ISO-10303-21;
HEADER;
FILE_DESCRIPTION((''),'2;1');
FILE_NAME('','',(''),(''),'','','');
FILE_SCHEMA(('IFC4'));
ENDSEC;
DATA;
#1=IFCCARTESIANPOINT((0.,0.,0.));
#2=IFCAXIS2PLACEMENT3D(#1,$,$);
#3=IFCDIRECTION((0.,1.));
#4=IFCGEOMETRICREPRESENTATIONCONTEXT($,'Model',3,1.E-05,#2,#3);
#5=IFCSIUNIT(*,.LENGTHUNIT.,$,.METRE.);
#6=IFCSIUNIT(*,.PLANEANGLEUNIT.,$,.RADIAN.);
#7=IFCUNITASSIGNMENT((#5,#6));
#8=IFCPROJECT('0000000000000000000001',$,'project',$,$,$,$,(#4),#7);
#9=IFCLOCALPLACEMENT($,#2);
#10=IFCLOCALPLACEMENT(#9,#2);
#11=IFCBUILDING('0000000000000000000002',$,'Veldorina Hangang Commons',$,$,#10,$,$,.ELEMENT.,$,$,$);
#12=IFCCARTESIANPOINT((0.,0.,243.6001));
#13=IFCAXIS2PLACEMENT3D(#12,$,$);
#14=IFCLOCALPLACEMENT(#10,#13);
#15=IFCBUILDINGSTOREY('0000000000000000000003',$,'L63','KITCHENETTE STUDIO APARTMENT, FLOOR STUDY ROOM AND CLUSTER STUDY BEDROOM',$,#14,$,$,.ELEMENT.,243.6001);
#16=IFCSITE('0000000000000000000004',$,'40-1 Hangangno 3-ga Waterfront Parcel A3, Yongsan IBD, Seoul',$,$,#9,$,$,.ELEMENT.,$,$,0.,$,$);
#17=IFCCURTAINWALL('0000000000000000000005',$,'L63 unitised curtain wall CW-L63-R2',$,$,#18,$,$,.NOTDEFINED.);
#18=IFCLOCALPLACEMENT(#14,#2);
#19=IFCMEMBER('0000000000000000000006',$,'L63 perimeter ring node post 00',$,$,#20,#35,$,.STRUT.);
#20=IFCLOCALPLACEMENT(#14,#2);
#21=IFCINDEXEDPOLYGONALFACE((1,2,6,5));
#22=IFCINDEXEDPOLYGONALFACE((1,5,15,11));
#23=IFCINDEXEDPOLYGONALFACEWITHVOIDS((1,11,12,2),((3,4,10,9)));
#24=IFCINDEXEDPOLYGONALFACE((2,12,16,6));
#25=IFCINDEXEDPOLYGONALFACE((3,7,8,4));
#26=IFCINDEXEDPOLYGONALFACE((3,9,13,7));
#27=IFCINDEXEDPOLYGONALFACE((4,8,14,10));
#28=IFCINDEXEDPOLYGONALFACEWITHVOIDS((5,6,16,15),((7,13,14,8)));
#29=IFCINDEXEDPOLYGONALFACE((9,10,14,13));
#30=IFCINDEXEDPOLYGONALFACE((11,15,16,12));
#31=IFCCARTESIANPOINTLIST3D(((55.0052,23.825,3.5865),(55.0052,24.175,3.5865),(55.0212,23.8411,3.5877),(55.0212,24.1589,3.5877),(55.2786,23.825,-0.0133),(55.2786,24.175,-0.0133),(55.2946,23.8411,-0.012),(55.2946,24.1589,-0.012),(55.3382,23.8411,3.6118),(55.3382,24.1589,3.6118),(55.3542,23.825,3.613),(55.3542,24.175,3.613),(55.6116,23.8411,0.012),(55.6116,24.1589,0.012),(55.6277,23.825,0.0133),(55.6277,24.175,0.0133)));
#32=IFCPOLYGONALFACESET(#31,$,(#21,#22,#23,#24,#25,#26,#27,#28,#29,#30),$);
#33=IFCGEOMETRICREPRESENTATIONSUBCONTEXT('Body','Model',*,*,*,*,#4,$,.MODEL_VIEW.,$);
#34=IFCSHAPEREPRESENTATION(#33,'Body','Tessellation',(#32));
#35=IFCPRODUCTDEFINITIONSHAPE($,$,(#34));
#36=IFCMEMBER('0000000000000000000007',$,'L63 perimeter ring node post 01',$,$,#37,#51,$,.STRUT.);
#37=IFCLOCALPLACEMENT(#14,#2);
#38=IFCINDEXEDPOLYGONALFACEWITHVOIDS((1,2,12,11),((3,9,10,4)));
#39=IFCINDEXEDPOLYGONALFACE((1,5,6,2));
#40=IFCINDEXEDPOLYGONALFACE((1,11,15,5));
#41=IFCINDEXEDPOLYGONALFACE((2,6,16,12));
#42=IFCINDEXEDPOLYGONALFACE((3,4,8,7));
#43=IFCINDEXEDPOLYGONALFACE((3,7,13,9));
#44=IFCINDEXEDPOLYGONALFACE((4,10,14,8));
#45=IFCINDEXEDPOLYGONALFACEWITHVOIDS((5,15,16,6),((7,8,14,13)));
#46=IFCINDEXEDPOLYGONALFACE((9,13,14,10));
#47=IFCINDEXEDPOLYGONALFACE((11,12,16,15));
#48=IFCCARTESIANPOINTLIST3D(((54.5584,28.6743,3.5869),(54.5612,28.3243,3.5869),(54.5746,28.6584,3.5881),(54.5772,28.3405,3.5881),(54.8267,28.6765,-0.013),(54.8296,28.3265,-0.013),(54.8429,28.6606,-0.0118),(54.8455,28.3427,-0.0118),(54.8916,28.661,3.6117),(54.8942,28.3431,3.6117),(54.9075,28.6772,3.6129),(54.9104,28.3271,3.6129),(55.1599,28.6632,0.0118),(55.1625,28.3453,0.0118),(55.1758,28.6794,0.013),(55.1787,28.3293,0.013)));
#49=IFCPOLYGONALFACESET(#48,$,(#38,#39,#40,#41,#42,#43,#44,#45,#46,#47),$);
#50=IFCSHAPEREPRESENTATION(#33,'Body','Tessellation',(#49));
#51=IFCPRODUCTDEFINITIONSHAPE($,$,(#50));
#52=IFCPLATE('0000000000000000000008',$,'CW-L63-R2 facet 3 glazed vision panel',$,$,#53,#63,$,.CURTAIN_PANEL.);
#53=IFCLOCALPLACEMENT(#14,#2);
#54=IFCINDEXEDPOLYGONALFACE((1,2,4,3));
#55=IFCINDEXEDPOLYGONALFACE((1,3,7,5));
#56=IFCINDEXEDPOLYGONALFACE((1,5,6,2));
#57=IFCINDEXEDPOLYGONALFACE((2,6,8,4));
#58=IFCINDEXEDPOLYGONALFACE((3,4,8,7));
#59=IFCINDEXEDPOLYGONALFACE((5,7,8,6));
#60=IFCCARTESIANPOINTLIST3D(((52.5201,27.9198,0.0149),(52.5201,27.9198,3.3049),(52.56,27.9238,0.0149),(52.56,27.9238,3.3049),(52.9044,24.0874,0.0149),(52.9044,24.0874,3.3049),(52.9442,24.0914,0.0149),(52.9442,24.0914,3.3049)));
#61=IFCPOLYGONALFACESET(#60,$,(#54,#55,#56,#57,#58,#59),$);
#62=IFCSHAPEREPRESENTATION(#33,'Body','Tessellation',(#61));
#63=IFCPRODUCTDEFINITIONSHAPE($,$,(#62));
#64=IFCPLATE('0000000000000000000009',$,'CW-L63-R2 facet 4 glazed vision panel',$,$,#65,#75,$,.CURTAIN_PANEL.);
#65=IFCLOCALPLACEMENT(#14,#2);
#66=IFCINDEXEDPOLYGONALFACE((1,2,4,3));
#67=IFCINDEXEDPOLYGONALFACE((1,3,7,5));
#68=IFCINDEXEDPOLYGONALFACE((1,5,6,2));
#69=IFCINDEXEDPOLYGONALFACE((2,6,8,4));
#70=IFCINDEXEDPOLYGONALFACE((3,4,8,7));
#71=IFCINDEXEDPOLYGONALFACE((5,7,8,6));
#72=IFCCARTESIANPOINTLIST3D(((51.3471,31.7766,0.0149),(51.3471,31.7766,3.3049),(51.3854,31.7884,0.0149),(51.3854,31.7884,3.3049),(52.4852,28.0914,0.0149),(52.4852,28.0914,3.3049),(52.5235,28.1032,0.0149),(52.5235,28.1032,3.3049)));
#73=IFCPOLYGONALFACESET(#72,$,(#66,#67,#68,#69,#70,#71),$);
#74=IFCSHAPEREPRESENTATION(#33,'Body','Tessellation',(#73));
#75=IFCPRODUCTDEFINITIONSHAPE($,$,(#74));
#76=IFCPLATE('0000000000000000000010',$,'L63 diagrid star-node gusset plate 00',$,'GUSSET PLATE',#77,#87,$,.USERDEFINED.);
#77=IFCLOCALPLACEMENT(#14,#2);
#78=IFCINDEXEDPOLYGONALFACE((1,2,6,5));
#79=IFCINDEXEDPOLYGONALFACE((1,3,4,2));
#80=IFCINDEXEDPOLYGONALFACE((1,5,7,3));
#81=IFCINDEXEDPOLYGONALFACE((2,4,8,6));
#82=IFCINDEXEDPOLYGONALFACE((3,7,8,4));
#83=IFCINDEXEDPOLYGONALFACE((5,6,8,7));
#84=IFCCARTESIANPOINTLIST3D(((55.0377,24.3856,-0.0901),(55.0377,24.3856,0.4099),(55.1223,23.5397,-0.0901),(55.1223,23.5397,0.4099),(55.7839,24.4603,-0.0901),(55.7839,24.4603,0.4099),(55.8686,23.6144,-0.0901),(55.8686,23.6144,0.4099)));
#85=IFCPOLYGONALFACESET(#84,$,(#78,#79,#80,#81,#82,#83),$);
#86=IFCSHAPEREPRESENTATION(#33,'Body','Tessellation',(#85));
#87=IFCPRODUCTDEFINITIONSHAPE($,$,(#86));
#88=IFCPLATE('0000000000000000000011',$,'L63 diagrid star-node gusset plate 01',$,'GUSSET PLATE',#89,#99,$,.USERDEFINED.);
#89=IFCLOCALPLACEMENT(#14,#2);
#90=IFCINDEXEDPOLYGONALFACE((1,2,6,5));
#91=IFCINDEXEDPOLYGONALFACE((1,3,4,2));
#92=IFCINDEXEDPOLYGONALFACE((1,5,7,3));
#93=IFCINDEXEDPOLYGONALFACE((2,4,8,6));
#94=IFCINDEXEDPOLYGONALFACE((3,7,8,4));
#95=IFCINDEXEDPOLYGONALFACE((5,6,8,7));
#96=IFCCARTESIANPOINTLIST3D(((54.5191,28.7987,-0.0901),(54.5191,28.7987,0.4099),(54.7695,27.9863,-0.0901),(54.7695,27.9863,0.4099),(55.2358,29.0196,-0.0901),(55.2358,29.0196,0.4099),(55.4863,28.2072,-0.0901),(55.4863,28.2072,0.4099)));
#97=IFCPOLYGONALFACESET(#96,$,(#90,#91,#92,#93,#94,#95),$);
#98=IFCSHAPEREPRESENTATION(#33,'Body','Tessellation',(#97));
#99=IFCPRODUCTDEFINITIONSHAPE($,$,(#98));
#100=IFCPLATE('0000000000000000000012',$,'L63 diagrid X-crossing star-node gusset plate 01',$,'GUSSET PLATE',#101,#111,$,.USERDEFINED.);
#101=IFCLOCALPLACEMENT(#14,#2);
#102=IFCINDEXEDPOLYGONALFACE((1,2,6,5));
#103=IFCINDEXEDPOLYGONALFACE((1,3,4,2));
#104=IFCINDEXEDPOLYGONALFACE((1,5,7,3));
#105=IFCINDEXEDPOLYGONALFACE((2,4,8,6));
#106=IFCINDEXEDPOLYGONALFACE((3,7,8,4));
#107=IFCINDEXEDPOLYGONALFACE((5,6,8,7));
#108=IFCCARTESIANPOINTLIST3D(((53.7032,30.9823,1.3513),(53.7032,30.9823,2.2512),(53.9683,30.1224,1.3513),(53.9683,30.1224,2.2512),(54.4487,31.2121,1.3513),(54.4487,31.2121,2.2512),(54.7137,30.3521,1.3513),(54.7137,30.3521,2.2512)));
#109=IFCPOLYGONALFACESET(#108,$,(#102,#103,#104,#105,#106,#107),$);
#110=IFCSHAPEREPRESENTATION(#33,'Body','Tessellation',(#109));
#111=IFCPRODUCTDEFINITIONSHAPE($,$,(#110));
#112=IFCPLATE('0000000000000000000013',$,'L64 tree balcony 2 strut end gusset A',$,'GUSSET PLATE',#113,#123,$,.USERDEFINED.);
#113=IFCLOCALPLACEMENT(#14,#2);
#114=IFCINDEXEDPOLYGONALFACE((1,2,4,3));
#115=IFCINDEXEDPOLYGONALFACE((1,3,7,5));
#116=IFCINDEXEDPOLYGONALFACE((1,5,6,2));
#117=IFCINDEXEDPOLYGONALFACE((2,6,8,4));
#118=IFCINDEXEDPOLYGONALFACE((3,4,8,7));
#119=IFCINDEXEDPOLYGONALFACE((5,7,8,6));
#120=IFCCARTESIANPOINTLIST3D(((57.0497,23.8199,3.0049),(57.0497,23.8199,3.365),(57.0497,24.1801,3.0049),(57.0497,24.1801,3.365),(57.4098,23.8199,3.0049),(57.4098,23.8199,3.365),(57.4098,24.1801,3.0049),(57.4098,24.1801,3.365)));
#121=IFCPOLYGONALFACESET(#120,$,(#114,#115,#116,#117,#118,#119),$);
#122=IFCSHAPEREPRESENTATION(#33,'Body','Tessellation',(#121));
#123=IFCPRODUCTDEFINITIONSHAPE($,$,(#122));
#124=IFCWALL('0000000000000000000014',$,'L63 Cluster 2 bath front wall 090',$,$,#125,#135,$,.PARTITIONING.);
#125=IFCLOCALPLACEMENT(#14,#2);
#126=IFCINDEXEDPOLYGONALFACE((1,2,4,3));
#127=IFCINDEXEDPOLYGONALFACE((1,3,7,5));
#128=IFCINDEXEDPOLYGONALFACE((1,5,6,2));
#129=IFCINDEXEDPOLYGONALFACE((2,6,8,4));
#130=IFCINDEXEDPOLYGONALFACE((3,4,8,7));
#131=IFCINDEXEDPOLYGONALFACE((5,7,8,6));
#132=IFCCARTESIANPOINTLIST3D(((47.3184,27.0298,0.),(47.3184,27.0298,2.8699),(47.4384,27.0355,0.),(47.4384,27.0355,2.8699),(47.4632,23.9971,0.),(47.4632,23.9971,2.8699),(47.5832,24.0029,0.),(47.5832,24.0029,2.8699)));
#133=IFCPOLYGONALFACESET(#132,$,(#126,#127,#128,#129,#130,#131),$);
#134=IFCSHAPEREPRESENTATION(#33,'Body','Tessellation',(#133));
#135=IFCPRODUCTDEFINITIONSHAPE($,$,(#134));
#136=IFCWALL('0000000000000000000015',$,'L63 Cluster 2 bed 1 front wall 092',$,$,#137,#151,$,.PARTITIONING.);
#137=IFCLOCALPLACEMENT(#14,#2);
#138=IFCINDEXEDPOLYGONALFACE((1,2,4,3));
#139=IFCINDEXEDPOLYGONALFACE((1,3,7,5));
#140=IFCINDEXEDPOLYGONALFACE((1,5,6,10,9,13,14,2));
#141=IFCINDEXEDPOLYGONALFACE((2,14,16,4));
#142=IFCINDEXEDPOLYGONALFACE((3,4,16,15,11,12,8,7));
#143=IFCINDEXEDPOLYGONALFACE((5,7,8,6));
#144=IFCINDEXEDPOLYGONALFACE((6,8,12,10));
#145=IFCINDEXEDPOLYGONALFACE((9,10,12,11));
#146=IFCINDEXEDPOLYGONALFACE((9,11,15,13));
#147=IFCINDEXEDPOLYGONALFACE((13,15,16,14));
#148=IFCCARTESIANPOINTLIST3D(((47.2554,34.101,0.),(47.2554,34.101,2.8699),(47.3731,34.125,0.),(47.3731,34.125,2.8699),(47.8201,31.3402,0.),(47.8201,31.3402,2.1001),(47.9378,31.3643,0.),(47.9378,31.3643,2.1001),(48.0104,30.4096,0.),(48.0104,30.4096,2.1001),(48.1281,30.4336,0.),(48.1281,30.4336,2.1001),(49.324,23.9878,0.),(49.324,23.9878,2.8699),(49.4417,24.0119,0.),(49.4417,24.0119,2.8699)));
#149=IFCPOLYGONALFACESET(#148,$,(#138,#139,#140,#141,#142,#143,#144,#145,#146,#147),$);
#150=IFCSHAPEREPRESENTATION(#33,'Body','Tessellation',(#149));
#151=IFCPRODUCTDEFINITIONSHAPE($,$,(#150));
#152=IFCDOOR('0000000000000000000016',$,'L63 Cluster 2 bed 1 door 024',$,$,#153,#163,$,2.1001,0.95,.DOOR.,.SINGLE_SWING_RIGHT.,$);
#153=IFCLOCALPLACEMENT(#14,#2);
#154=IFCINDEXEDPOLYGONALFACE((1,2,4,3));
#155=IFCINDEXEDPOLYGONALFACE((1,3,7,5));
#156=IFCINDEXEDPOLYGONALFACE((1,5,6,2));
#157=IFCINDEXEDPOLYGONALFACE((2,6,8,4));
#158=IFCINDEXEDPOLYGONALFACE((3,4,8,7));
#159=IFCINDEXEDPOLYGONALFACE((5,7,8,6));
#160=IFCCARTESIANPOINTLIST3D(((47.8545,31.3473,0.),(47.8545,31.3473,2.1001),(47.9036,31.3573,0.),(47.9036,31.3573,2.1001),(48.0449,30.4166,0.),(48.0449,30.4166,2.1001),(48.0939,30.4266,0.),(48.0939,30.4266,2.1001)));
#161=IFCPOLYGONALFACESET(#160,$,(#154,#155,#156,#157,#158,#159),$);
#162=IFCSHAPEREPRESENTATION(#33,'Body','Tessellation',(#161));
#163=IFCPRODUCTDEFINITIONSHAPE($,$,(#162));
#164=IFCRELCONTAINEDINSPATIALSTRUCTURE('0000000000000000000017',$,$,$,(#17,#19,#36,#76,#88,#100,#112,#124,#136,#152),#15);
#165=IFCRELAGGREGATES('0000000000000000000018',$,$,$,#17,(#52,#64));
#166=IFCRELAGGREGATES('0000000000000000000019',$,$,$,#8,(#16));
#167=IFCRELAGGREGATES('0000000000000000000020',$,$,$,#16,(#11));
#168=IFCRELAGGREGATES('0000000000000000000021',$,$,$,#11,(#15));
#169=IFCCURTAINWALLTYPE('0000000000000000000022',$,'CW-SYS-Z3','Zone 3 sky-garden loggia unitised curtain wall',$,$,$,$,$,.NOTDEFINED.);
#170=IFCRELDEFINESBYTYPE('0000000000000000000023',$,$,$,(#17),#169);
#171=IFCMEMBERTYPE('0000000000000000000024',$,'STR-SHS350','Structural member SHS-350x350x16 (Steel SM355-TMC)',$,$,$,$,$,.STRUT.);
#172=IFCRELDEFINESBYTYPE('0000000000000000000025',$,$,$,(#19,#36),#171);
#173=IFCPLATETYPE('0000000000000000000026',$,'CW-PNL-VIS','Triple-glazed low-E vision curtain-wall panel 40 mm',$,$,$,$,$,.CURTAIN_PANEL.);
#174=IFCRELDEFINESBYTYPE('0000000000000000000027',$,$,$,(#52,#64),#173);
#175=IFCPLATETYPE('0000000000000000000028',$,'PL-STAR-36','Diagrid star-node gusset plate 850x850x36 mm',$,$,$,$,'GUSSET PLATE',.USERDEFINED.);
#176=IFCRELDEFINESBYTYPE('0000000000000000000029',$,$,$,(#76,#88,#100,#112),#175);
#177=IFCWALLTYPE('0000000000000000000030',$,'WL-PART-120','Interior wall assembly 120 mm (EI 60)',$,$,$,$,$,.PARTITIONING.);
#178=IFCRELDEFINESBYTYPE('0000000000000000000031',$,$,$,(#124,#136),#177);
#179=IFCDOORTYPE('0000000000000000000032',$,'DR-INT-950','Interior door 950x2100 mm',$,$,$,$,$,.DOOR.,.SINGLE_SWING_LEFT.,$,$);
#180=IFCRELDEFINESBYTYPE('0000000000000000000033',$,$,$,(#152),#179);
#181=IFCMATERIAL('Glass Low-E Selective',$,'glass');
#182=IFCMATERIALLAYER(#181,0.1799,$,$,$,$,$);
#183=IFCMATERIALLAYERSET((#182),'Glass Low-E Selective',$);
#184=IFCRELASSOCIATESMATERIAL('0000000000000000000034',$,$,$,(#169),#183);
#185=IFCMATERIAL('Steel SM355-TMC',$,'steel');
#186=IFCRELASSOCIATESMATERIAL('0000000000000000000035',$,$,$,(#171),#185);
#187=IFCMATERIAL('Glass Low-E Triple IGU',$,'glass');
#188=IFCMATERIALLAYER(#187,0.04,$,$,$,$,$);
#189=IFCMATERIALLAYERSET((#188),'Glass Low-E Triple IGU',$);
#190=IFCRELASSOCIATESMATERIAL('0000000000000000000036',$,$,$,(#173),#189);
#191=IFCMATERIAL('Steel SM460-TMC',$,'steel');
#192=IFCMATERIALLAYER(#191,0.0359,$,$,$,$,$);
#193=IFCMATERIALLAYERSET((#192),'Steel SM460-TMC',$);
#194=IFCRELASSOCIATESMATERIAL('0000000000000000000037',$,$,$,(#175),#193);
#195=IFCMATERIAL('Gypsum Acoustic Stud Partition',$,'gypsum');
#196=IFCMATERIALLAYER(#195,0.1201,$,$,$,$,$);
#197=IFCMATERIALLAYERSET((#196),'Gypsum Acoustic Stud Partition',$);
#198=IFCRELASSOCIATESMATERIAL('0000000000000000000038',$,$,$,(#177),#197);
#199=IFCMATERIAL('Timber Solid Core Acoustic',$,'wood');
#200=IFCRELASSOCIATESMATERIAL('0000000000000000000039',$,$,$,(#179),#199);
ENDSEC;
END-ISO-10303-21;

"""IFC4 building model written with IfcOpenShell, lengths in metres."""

from ifc_helpers import new_model, si_unit, direction, frame, frame_2d, origin, origin_2d, place, context, subcontext, project, spatial, rectangle, hollow_rectangle, extrude, material, layer, layer_set, material_profile, profile_set, type_object, element, fill, aggregate, save


model = new_model("IFC4")

# Units and contexts
model_context = context("Model", 3, precision=1e-05, world=origin(), true_north=direction((0.0, 1.0)))
body_context = subcontext(model_context, "Body", "Model", "MODEL_VIEW")
ifc_project = project(units=[si_unit("LENGTHUNIT", "METRE"), si_unit("PLANEANGLEUNIT", "RADIAN")], contexts=[model_context])

# Site, building, storey
site_placement = place(None, origin())
site = spatial("IfcSite", under=ifc_project, at=site_placement, Name="40-1 Hangangno 3-ga Waterfront Parcel A3, Yongsan IBD, Seoul", CompositionType="ELEMENT", RefElevation=0.0)
building_placement = place(site_placement, origin())
building = spatial("IfcBuilding", under=site, at=building_placement, Name="Veldorina Hangang Commons", CompositionType="ELEMENT")
storey_placement = place(building_placement, frame((0.0, 0.0, 243.6001)))
storey = spatial("IfcBuildingStorey", under=building, at=storey_placement, Name="L63", Description="KITCHENETTE STUDIO APARTMENT, FLOOR STUDY ROOM AND CLUSTER STUDY BEDROOM", CompositionType="ELEMENT", Elevation=243.6001)

# Shared definitions
ifc_material_1 = material(Name="Steel SM355-TMC", Category="steel")

# Curtain wall
ifc_material_2 = material(Name="Glass Low-E Selective", Category="glass")
ifc_layer_1 = layer(ifc_material_2, 0.1799)
ifc_layer_set_1 = layer_set([ifc_layer_1], Name="Glass Low-E Selective")
curtain_wall_type = type_object("IfcCurtainWallType", Name="CW-SYS-Z3", Description="Zone 3 sky-garden loggia unitised curtain wall", PredefinedType="NOTDEFINED", material=ifc_layer_set_1)
curtain_wall_placement = place(storey_placement, origin())
curtain_wall = element("IfcCurtainWall", 1, at=curtain_wall_placement, inside=storey, type_object=curtain_wall_type, Name="L63 unitised curtain wall CW-L63-R2", PredefinedType="NOTDEFINED")

# Members
ifc_material_profile_1 = material_profile(ifc_material_1, hollow_rectangle(XDim=0.3501, YDim=0.3501, WallThickness=0.0161, at=origin_2d()), Name="SHS-350x350x16")
ifc_profile_set_1 = profile_set([ifc_material_profile_1], Name="Steel SM355-TMC")
member_type_1 = type_object("IfcMemberType", Name="STR-SHS350", Description="Structural member SHS-350x350x16 (Steel SM355-TMC)", PredefinedType="STRUT", material=ifc_profile_set_1)
member_1_placement = place(storey_placement, frame((55.4531, 24.0, 0.0), z_axis=(-0.07574, 0.0, 0.997128), x_axis=(0.0, -1.0, 0.0)))
element("IfcMember", 2, at=member_1_placement, inside=storey, type_object=member_type_1, Name="L63 perimeter ring node post 00", PredefinedType="STRUT", context=body_context, shape_type="SweptSolid", body=[
    extrude(hollow_rectangle(XDim=0.3501, YDim=0.3501, WallThickness=0.0161, at=origin_2d()), origin(), (0.0, 0.0, 1.0), 3.6101),
])
member_2_placement = place(storey_placement, frame((55.0027, 28.5029, 0.0), z_axis=(-0.074328, -0.000609, 0.997234), x_axis=(0.008189, -0.999966, 0.0)))
element("IfcMember", 3, at=member_2_placement, inside=storey, type_object=member_type_1, Name="L63 perimeter ring node post 01", PredefinedType="STRUT", context=body_context, shape_type="SweptSolid", body=[
    extrude(hollow_rectangle(XDim=0.3501, YDim=0.3501, WallThickness=0.0161, at=origin_2d()), origin(), (0.0, 0.0, 1.0), 3.6099),
])

# Plates
ifc_material_3 = material(Name="Glass Low-E Triple IGU", Category="glass")
ifc_layer_2 = layer(ifc_material_3, 0.04)
ifc_layer_set_2 = layer_set([ifc_layer_2], Name="Glass Low-E Triple IGU")
plate_type_1 = type_object("IfcPlateType", Name="CW-PNL-VIS", Description="Triple-glazed low-E vision curtain-wall panel 40 mm", PredefinedType="CURTAIN_PANEL", material=ifc_layer_set_2)
plate_1_placement = place(storey_placement, frame((52.7322, 26.0056, 0.0149), z_axis=(0.0, 0.0, 1.0), x_axis=(-0.099771, 0.99501, 0.0)))
plate_1 = element("IfcPlate", 4, at=plate_1_placement, type_object=plate_type_1, Name="CW-L63-R2 facet 3 glazed vision panel", PredefinedType="CURTAIN_PANEL", context=body_context, shape_type="SweptSolid", body=[
    extrude(rectangle(XDim=3.8516, YDim=0.04, at=origin_2d()), origin(), (0.0, 0.0, 1.0), 3.29),
])
plate_2_placement = place(storey_placement, frame((51.9353, 29.9399, 0.0149), z_axis=(0.0, 0.0, 1.0), x_axis=(-0.295074, 0.955474, 0.0)))
plate_2 = element("IfcPlate", 5, at=plate_2_placement, type_object=plate_type_1, Name="CW-L63-R2 facet 4 glazed vision panel", PredefinedType="CURTAIN_PANEL", context=body_context, shape_type="SweptSolid", body=[
    extrude(rectangle(XDim=3.8569, YDim=0.04, at=origin_2d()), origin(), (0.0, 0.0, 1.0), 3.29),
])
aggregate(curtain_wall, [plate_1, plate_2])

# Plates
ifc_material_4 = material(Name="Steel SM460-TMC", Category="steel")
ifc_layer_3 = layer(ifc_material_4, 0.0359)
ifc_layer_set_3 = layer_set([ifc_layer_3], Name="Steel SM460-TMC")
plate_type_2 = type_object("IfcPlateType", Name="PL-STAR-36", Description="Diagrid star-node gusset plate 850x850x36 mm", ElementType="GUSSET PLATE", PredefinedType="USERDEFINED", material=ifc_layer_set_3)
for number, where, z_axis, x_axis, name in (
    (6, (55.4531, 24.0, -0.0901), (0.0, 0.0, 1.0), (-0.099563, 0.995031, 0.0), "L63 diagrid star-node gusset plate 00"),
    (7, (55.0027, 28.5029, -0.0901), (0.0, 0.0, 1.0), (-0.294574, 0.955629, 0.0), "L63 diagrid star-node gusset plate 01"),
):
    element("IfcPlate", number, at=place(storey_placement, frame(where, z_axis=z_axis, x_axis=x_axis)), inside=storey, type_object=plate_type_2, Name=name, ObjectType="GUSSET PLATE", PredefinedType="USERDEFINED", context=body_context, shape_type="SweptSolid", body=[
        extrude(rectangle(XDim=0.8501, YDim=0.75, at=origin_2d()), origin(), (0.0, 0.0, 1.0), 0.5),
    ])
plate_3_placement = place(storey_placement, frame((54.2085, 30.6672, 1.3513), z_axis=(0.0, 0.0, 1.0), x_axis=(-0.294574, 0.955629, 0.0)))
element("IfcPlate", 8, at=plate_3_placement, inside=storey, type_object=plate_type_2, Name="L63 diagrid X-crossing star-node gusset plate 01", ObjectType="GUSSET PLATE", PredefinedType="USERDEFINED", context=body_context, shape_type="SweptSolid", body=[
    extrude(rectangle(XDim=0.8999, YDim=0.78, at=origin_2d()), origin(), (0.0, 0.0, 1.0), 0.8999),
])
plate_4_placement = place(storey_placement, frame((57.2297, 24.0, 3.0049), z_axis=(0.0, 0.0, 1.0), x_axis=(1.0, 0.0, 0.0)))
element("IfcPlate", 9, at=plate_4_placement, inside=storey, type_object=plate_type_2, Name="L64 tree balcony 2 strut end gusset A", ObjectType="GUSSET PLATE", PredefinedType="USERDEFINED", context=body_context, shape_type="SweptSolid", body=[
    extrude(rectangle(XDim=0.3601, YDim=0.3601, at=origin_2d()), origin(), (0.0, 0.0, 1.0), 0.3601),
])

# Wall
ifc_material_5 = material(Name="Gypsum Acoustic Stud Partition", Category="gypsum")
ifc_layer_4 = layer(ifc_material_5, 0.1201)
ifc_layer_set_4 = layer_set([ifc_layer_4], Name="Gypsum Acoustic Stud Partition")
wall_type = type_object("IfcWallType", Name="WL-PART-120", Description="Interior wall assembly 120 mm (EI 60)", PredefinedType="PARTITIONING", material=ifc_layer_set_4)
wall_1_placement = place(storey_placement, frame((47.5232, 24.0, 0.0), z_axis=(0.0, 0.0, 1.0), x_axis=(-0.047684, 0.998862, 0.0)))
element("IfcWall", 10, at=wall_1_placement, inside=storey, type_object=wall_type, Name="L63 Cluster 2 bath front wall 090", PredefinedType="PARTITIONING", context=body_context, shape_type="SweptSolid", body=[
    extrude(rectangle(XDim=3.0361, YDim=0.1201, at=frame_2d((1.5181, 0.0))), origin(), (0.0, 0.0, 1.0), 2.8699),
])

# Wall, opening, door
wall_2_placement = place(storey_placement, frame((49.3828, 24.0, 0.0), z_axis=(0.0, 0.0, 1.0), x_axis=(-0.200399, 0.979714, 0.0)))
wall_2 = element("IfcWall", 11, at=wall_2_placement, inside=storey, type_object=wall_type, Name="L63 Cluster 2 bed 1 front wall 092", PredefinedType="PARTITIONING", context=body_context, shape_type="SweptSolid", body=[
    extrude(rectangle(XDim=10.3225, YDim=0.1201, at=frame_2d((5.1611, 0.0))), origin(), (0.0, 0.0, 1.0), 2.8699),
])
opening_placement = place(wall_2_placement, frame((6.5544, 0.0, 0.0)))
opening = element("IfcOpeningElement", 12, at=opening_placement, cuts=wall_2, PredefinedType="OPENING", context=body_context, shape_type="SweptSolid", body=[
    extrude(rectangle(XDim=0.95, YDim=2.1001, at=frame_2d((0.4751, 1.05))), frame((0.0, 0.0701, 0.0), z_axis=(0.0, -1.0, 0.0), x_axis=(1.0, 0.0, 0.0)), (0.0, 0.0, 1.0), 0.1401),
])
ifc_material_6 = material(Name="Timber Solid Core Acoustic", Category="wood")
door_type = type_object("IfcDoorType", Name="DR-INT-950", Description="Interior door 950x2100 mm", OperationType="SINGLE_SWING_LEFT", PredefinedType="DOOR", material=ifc_material_6)
door_placement = place(opening_placement, origin())
door = element("IfcDoor", 13, at=door_placement, inside=storey, type_object=door_type, Name="L63 Cluster 2 bed 1 door 024", OperationType="SINGLE_SWING_RIGHT", OverallHeight=2.1001, OverallWidth=0.95, PredefinedType="DOOR", context=body_context, shape_type="SweptSolid", body=[
    extrude(rectangle(XDim=0.95, YDim=2.1001, at=frame_2d((0.4751, 1.05))), frame((0.0, 0.0249, 0.0), z_axis=(0.0, -1.0, 0.0), x_axis=(1.0, 0.0, 0.0)), (0.0, 0.0, 1.0), 0.05),
])
fill(opening, door)

save(model, "model.ifc")
